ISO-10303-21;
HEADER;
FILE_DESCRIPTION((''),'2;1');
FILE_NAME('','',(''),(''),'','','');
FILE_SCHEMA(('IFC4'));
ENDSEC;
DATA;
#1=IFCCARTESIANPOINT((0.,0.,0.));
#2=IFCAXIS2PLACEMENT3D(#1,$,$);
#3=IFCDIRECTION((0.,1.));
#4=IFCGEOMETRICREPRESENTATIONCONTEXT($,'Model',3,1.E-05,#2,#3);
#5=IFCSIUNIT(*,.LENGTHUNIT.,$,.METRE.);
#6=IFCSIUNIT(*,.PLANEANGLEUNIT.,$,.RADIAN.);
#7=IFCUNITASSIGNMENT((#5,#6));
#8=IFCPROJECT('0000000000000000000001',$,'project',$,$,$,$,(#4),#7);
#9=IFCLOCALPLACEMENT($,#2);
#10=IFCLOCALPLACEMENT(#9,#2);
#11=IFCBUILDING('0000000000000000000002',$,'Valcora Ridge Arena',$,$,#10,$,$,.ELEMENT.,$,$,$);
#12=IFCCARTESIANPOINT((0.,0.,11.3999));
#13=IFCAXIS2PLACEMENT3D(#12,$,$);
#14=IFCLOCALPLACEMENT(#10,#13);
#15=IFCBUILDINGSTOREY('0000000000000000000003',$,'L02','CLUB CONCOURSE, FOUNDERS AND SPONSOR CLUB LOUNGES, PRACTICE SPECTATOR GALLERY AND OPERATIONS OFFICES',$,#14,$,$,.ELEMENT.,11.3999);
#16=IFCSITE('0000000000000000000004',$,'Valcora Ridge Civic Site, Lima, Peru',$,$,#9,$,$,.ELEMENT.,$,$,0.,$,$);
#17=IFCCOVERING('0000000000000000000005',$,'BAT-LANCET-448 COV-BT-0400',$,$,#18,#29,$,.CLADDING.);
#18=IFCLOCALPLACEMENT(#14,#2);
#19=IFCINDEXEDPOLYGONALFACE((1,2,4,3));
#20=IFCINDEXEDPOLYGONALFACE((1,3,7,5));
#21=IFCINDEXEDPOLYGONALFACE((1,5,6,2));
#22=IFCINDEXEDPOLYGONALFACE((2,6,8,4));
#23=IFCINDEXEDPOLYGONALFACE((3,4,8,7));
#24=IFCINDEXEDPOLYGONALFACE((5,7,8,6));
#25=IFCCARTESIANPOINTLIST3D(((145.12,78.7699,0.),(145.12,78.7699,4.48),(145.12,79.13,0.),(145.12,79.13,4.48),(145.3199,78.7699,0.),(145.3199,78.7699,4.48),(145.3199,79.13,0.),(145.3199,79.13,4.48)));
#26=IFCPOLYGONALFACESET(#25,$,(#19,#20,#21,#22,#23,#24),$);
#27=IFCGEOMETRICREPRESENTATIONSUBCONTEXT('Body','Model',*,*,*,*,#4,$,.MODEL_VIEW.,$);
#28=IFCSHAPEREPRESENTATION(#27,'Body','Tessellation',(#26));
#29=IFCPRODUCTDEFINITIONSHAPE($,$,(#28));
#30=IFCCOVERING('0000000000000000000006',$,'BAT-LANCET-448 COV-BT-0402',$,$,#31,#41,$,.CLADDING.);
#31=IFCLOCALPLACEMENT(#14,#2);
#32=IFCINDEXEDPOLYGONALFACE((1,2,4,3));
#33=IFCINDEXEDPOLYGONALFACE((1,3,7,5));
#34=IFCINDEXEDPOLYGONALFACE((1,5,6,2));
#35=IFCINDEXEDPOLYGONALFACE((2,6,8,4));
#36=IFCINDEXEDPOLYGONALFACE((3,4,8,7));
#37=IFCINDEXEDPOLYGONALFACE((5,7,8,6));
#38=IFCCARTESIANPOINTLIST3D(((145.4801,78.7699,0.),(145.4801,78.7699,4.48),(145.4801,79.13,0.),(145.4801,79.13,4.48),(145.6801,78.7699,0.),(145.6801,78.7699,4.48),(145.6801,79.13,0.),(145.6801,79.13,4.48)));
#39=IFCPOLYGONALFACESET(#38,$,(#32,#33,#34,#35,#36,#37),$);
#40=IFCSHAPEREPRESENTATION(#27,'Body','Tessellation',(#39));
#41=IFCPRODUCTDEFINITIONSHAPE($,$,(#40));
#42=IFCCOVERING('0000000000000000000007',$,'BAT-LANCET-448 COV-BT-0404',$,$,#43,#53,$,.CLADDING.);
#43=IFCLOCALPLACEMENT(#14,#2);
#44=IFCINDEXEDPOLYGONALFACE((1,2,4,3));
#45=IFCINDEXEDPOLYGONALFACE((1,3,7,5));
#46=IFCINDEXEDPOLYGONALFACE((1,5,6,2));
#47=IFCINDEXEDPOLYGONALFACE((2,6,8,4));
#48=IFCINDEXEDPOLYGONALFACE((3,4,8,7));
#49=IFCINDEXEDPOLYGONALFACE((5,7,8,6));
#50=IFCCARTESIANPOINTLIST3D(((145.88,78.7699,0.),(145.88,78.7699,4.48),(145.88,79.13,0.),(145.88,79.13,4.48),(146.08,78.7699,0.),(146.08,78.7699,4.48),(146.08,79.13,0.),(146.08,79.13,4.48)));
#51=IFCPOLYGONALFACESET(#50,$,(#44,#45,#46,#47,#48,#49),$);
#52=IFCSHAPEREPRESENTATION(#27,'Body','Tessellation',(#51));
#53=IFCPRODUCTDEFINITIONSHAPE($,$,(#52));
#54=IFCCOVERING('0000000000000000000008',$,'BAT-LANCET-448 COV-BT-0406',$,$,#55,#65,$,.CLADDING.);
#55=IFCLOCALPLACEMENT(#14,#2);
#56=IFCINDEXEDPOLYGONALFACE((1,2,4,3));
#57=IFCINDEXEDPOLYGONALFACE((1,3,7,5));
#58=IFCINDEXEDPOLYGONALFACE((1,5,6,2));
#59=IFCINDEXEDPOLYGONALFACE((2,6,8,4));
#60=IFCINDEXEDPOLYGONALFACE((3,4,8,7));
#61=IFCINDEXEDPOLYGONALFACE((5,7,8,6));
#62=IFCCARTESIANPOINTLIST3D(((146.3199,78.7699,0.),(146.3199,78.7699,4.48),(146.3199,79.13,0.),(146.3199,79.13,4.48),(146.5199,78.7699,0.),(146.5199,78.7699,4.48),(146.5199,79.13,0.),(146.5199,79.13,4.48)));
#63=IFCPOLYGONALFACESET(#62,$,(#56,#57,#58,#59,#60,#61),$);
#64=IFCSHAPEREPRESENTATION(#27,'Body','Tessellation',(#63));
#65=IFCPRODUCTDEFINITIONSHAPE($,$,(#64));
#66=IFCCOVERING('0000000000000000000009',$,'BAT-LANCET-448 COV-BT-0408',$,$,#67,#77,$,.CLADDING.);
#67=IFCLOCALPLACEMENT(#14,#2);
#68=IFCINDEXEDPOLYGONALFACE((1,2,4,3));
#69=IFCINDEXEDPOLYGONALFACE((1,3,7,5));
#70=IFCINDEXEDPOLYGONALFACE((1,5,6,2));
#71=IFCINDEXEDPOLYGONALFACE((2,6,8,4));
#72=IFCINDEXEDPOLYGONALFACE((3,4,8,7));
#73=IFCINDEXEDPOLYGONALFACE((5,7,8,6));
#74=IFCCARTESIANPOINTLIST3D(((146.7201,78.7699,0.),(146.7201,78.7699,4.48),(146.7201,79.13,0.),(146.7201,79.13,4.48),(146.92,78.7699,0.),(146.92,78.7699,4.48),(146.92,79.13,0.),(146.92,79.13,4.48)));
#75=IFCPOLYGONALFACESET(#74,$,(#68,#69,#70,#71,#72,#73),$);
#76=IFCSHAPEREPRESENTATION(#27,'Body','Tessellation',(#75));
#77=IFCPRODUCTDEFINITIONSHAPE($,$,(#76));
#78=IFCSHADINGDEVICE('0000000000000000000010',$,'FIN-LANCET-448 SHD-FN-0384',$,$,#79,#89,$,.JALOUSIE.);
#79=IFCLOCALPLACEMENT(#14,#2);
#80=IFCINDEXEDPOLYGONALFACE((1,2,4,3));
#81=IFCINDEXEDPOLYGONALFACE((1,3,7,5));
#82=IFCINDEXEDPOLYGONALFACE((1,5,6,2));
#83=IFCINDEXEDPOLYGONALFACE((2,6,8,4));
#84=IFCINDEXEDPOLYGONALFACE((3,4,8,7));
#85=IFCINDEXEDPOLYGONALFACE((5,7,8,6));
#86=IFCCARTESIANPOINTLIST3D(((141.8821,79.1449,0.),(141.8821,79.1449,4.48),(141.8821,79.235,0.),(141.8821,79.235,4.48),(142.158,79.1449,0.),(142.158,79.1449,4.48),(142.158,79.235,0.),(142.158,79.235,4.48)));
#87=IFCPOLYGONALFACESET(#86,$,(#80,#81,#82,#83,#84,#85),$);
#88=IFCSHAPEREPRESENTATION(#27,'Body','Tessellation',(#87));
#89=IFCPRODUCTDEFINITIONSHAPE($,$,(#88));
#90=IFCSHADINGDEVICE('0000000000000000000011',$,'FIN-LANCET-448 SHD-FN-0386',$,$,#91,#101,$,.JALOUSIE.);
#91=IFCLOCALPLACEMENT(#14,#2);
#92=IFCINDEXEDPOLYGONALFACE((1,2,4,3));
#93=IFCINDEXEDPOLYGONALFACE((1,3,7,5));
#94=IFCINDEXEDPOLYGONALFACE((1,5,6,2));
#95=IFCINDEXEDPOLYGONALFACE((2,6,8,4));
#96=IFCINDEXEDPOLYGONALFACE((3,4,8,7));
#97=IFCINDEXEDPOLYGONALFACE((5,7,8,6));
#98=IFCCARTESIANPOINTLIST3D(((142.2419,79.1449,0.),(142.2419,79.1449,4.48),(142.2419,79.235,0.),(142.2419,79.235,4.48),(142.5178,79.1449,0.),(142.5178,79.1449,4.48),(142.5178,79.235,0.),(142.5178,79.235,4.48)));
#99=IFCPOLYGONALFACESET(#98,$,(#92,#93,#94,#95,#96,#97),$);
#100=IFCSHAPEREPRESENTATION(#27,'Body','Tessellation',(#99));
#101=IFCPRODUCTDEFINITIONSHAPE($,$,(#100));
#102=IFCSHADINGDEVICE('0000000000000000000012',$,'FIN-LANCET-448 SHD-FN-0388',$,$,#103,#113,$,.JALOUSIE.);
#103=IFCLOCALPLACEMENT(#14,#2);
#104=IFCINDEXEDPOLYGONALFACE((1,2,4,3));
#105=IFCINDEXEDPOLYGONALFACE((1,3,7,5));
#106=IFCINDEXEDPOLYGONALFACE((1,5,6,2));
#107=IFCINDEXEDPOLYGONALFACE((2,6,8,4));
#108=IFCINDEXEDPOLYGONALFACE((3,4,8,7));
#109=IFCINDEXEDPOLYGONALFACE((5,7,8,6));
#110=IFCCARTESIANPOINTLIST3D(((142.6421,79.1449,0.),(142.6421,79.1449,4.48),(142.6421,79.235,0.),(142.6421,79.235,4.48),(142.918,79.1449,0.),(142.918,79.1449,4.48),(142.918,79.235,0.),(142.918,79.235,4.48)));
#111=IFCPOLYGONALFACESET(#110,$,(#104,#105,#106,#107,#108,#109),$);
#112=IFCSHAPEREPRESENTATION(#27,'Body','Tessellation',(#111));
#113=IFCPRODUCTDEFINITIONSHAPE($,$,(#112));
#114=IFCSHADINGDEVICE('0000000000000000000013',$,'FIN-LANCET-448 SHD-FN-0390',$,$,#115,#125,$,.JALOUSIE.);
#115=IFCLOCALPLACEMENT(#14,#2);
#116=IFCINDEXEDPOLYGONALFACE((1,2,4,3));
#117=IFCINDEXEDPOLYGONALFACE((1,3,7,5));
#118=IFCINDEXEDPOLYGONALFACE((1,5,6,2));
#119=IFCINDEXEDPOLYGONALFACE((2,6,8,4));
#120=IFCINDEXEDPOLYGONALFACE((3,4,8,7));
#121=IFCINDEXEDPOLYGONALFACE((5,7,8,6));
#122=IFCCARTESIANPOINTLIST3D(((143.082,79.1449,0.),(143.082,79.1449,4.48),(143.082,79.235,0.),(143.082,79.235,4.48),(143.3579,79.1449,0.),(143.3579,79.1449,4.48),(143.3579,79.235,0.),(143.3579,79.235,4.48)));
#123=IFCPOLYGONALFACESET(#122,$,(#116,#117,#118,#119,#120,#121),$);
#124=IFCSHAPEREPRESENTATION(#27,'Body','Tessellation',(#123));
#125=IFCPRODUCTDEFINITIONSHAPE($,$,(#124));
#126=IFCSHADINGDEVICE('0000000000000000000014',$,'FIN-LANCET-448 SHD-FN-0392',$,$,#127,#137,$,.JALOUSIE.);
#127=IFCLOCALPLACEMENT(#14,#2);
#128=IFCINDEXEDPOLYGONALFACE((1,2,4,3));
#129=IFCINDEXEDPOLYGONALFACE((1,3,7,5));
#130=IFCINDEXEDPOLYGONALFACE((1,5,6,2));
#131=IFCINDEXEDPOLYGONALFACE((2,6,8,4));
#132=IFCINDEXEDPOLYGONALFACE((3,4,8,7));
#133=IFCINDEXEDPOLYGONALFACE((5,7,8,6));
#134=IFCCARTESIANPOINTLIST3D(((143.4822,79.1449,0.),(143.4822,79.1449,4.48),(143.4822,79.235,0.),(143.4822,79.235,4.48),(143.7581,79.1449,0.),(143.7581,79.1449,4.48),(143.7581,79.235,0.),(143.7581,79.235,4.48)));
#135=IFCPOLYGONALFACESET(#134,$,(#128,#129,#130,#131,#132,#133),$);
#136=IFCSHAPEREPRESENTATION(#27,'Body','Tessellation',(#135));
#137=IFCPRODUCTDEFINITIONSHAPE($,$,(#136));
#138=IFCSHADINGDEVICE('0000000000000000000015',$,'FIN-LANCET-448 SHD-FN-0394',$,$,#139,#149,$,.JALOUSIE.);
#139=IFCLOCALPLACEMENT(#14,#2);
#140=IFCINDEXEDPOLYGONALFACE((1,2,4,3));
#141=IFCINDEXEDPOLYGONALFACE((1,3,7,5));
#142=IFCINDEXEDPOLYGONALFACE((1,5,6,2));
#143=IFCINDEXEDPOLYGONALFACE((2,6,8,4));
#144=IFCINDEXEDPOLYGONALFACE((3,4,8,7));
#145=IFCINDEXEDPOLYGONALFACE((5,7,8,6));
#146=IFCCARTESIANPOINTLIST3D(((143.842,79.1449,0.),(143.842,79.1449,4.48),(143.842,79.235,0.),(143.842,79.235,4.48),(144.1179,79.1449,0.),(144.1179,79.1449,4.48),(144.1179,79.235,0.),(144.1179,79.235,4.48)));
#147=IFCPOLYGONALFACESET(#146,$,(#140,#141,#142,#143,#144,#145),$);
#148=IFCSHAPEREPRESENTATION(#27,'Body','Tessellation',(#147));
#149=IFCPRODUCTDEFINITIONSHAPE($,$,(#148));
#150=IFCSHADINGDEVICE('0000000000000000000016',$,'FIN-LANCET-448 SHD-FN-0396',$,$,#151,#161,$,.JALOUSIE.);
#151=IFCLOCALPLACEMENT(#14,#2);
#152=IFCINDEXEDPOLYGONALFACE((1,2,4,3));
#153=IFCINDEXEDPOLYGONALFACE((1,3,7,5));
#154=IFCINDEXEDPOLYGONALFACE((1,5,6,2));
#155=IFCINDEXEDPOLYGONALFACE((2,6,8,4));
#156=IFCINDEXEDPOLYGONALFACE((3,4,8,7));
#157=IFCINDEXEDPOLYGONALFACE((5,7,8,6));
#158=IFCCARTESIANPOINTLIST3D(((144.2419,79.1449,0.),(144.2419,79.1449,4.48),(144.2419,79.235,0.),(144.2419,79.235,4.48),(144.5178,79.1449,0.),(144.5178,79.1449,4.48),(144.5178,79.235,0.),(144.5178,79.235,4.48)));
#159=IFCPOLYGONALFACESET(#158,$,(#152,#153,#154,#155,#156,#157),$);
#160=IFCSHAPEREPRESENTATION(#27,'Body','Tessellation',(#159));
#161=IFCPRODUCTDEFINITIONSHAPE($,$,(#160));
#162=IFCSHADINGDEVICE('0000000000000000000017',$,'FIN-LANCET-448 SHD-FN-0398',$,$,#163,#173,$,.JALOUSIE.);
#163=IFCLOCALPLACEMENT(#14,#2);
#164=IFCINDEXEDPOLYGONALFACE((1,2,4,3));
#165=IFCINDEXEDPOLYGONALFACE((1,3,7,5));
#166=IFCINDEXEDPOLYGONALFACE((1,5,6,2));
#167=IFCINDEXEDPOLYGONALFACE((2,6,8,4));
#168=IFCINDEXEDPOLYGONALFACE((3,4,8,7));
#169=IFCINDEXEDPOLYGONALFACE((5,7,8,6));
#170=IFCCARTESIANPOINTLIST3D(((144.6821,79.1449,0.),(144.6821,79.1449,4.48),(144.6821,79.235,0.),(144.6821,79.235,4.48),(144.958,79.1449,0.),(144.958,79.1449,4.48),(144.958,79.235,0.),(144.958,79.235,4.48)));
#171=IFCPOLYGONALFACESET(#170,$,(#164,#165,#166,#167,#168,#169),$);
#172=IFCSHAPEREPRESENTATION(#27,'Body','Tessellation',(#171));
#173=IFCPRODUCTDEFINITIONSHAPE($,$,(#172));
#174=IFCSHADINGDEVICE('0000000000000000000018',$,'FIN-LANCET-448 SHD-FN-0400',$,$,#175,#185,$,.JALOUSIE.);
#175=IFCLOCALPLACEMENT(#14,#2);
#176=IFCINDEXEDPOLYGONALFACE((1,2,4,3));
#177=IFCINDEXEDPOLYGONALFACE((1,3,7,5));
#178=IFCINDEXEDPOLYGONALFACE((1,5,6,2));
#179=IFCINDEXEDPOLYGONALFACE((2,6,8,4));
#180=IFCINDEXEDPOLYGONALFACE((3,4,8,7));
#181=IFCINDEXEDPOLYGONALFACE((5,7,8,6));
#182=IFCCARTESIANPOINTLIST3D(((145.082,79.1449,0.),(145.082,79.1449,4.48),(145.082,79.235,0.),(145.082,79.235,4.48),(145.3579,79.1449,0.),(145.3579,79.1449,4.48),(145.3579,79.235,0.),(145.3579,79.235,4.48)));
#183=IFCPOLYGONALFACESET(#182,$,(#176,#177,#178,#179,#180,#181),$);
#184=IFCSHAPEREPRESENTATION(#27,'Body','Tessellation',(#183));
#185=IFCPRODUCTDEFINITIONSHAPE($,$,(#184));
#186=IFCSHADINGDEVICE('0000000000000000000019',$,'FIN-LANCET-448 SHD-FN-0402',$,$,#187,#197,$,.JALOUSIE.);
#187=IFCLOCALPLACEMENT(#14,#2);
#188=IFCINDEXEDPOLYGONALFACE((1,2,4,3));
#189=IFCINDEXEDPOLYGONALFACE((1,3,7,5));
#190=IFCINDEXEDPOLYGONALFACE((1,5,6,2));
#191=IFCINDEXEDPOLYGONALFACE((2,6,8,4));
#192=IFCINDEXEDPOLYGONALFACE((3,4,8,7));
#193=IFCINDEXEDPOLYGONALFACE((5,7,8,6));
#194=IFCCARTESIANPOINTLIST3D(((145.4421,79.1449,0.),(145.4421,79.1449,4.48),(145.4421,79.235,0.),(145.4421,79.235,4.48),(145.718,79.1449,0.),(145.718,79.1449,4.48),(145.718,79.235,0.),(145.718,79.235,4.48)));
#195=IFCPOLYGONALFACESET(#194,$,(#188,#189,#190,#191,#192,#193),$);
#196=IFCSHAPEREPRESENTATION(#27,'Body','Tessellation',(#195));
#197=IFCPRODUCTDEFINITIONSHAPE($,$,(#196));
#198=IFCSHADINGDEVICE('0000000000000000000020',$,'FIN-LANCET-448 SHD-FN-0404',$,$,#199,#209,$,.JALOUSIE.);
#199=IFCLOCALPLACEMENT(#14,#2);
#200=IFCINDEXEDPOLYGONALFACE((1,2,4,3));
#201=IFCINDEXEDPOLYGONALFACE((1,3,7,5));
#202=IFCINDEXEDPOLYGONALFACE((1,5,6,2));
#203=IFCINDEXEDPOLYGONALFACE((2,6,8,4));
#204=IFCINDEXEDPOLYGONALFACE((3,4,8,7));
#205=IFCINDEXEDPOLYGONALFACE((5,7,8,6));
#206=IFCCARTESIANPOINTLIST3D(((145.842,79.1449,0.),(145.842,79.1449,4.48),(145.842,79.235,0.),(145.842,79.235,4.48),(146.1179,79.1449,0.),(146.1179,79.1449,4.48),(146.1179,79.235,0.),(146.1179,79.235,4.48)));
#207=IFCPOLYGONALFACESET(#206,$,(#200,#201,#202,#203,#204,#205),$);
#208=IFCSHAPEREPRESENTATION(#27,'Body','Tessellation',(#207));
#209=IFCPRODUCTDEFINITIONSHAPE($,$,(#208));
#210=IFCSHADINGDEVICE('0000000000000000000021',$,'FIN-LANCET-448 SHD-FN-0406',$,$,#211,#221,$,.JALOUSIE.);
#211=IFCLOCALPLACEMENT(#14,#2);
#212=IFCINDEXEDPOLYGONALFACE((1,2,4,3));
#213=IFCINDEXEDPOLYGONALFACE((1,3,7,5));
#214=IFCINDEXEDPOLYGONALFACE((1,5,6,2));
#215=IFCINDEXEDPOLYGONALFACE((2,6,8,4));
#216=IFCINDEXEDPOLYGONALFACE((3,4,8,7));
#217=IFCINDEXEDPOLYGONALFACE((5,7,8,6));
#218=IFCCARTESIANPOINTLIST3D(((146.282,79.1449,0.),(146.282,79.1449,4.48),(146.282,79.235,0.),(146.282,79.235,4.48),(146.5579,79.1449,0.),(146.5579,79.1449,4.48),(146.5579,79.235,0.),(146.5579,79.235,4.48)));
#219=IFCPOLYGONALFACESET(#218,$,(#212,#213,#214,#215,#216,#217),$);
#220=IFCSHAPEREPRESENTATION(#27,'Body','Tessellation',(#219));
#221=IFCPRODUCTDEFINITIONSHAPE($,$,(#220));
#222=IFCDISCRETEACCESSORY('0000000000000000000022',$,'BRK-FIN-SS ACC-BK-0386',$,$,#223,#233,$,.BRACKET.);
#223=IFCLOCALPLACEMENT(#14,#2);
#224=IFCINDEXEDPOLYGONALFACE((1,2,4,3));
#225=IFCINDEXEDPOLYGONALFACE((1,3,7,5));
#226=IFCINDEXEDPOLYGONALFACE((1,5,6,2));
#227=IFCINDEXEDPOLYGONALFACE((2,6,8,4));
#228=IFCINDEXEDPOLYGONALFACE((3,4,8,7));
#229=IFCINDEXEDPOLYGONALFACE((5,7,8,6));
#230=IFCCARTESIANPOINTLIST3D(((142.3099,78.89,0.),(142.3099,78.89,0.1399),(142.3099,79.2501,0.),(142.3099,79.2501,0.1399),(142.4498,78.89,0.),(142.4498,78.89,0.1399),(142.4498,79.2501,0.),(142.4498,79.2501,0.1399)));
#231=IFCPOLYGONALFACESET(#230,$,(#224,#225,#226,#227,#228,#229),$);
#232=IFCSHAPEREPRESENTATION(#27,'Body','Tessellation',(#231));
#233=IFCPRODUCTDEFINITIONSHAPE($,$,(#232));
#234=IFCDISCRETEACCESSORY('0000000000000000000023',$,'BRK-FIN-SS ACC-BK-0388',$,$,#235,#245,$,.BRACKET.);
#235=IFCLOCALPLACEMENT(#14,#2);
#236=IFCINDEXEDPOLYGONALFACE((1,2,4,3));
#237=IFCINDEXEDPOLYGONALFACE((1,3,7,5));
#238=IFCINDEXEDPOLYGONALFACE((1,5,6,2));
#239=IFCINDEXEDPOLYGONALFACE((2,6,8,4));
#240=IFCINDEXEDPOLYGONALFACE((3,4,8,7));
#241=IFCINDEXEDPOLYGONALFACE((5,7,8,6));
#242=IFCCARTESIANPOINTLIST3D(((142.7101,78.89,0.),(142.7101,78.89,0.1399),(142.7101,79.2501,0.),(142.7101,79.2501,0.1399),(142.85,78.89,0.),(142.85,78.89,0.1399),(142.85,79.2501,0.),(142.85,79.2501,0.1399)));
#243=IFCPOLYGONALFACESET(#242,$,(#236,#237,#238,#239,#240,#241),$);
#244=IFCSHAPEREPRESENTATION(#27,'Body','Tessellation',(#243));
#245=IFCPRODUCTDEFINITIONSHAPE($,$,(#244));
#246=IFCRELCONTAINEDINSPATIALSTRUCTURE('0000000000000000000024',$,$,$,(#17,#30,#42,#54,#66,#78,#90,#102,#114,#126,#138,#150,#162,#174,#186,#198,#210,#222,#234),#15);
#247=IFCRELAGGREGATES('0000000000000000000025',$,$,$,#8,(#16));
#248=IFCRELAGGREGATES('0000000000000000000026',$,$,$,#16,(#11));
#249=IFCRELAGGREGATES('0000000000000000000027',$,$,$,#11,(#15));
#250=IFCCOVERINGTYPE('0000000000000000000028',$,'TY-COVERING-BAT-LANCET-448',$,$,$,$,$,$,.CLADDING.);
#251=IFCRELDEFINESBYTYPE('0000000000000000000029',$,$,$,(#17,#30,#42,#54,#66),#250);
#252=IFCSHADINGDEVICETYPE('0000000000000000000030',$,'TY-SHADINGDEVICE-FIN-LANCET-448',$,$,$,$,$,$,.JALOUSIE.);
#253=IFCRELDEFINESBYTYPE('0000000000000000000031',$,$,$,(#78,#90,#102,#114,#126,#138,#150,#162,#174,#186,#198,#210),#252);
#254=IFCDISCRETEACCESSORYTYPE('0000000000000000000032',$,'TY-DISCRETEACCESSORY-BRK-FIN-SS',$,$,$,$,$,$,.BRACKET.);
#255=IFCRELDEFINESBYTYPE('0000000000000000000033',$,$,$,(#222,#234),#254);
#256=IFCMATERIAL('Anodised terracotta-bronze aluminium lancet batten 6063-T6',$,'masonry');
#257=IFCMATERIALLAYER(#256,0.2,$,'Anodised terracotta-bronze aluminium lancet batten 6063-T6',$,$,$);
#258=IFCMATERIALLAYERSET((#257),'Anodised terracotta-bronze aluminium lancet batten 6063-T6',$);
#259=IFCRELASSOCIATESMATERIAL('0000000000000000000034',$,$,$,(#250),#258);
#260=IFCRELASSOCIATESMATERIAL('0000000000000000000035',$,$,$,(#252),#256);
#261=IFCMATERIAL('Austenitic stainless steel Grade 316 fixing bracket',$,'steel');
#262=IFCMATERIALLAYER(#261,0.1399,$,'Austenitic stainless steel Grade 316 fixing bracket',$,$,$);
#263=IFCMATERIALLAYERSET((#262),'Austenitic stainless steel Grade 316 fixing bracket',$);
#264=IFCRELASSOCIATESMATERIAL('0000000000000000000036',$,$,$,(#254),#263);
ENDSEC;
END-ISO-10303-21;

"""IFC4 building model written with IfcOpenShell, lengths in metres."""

from ifc_helpers import new_model, si_unit, direction, frame, origin, origin_2d, place, context, subcontext, project, spatial, rectangle, extrude, material, layer, layer_set, material_profile, profile_set, type_object, element, save


model = new_model("IFC4")

# Units and contexts
model_context = context("Model", 3, precision=1e-05, world=origin(), true_north=direction((0.0, 1.0)))
body_context = subcontext(model_context, "Body", "Model", "MODEL_VIEW")
ifc_project = project(units=[si_unit("LENGTHUNIT", "METRE"), si_unit("PLANEANGLEUNIT", "RADIAN")], contexts=[model_context])

# Site, building, storey
site_placement = place(None, origin())
site = spatial("IfcSite", under=ifc_project, at=site_placement, Name="Valcora Ridge Civic Site, Lima, Peru", CompositionType="ELEMENT", RefElevation=0.0)
building_placement = place(site_placement, origin())
building = spatial("IfcBuilding", under=site, at=building_placement, Name="Valcora Ridge Arena", CompositionType="ELEMENT")
storey_placement = place(building_placement, frame((0.0, 0.0, 11.3999)))
storey = spatial("IfcBuildingStorey", under=building, at=storey_placement, Name="L02", Description="CLUB CONCOURSE, FOUNDERS AND SPONSOR CLUB LOUNGES, PRACTICE SPECTATOR GALLERY AND OPERATIONS OFFICES", CompositionType="ELEMENT", Elevation=11.3999)

# Coverings
ifc_material_1 = material(Name="Anodised terracotta-bronze aluminium lancet batten 6063-T6", Category="masonry")
ifc_layer_1 = layer(ifc_material_1, 0.2, Name="Anodised terracotta-bronze aluminium lancet batten 6063-T6")
ifc_layer_set_1 = layer_set([ifc_layer_1], Name="Anodised terracotta-bronze aluminium lancet batten 6063-T6")
covering_type = type_object("IfcCoveringType", Name="TY-COVERING-BAT-LANCET-448", PredefinedType="CLADDING", material=ifc_layer_set_1)
for number, where, z_axis, x_axis, name in (
    (1, (145.22, 78.95, 0.0), (0.0, 0.0, 1.0), (1.0, 0.0, 0.0), "BAT-LANCET-448 COV-BT-0400"),
    (2, (145.5801, 78.95, 0.0), (0.0, 0.0, 1.0), (1.0, 0.0, 0.0), "BAT-LANCET-448 COV-BT-0402"),
    (3, (145.98, 78.95, 0.0), (0.0, 0.0, 1.0), (1.0, 0.0, 0.0), "BAT-LANCET-448 COV-BT-0404"),
    (4, (146.4199, 78.95, 0.0), (0.0, 0.0, 1.0), (1.0, 0.0, 0.0), "BAT-LANCET-448 COV-BT-0406"),
    (5, (146.8201, 78.95, 0.0), (0.0, 0.0, 1.0), (1.0, 0.0, 0.0), "BAT-LANCET-448 COV-BT-0408"),
):
    element("IfcCovering", number, at=place(storey_placement, frame(where, z_axis=z_axis, x_axis=x_axis)), inside=storey, type_object=covering_type, Name=name, PredefinedType="CLADDING", context=body_context, shape_type="SweptSolid", body=[
        extrude(rectangle(XDim=0.2, YDim=0.3601, at=origin_2d()), origin(), (0.0, 0.0, 1.0), 4.48),
    ])

# Shading devices
ifc_material_profile_1 = material_profile(ifc_material_1, rectangle(XDim=0.0901, YDim=0.2759, at=origin_2d()), Name="ALU LANCET BATTEN 90x276")
ifc_profile_set_1 = profile_set([ifc_material_profile_1], Name="Anodised terracotta-bronze aluminium lancet batten 6063-T6")
shading_device_type = type_object("IfcShadingDeviceType", Name="TY-SHADINGDEVICE-FIN-LANCET-448", PredefinedType="JALOUSIE", material=ifc_profile_set_1)
for number, where, z_axis, x_axis, name in (
    (6, (142.02, 79.1899, 0.0), (0.0, 0.0, 1.0), (0.0, 1.0, 0.0), "FIN-LANCET-448 SHD-FN-0384"),
    (7, (142.3799, 79.1899, 0.0), (0.0, 0.0, 1.0), (0.0, 1.0, 0.0), "FIN-LANCET-448 SHD-FN-0386"),
    (8, (142.78, 79.1899, 0.0), (0.0, 0.0, 1.0), (0.0, 1.0, 0.0), "FIN-LANCET-448 SHD-FN-0388"),
    (9, (143.22, 79.1899, 0.0), (0.0, 0.0, 1.0), (0.0, 1.0, 0.0), "FIN-LANCET-448 SHD-FN-0390"),
    (10, (143.6201, 79.1899, 0.0), (0.0, 0.0, 1.0), (0.0, 1.0, 0.0), "FIN-LANCET-448 SHD-FN-0392"),
    (11, (143.98, 79.1899, 0.0), (0.0, 0.0, 1.0), (0.0, 1.0, 0.0), "FIN-LANCET-448 SHD-FN-0394"),
    (12, (144.3799, 79.1899, 0.0), (0.0, 0.0, 1.0), (0.0, 1.0, 0.0), "FIN-LANCET-448 SHD-FN-0396"),
    (13, (144.8201, 79.1899, 0.0), (0.0, 0.0, 1.0), (0.0, 1.0, 0.0), "FIN-LANCET-448 SHD-FN-0398"),
    (14, (145.22, 79.1899, 0.0), (0.0, 0.0, 1.0), (0.0, 1.0, 0.0), "FIN-LANCET-448 SHD-FN-0400"),
    (15, (145.5801, 79.1899, 0.0), (0.0, 0.0, 1.0), (0.0, 1.0, 0.0), "FIN-LANCET-448 SHD-FN-0402"),
    (16, (145.98, 79.1899, 0.0), (0.0, 0.0, 1.0), (0.0, 1.0, 0.0), "FIN-LANCET-448 SHD-FN-0404"),
    (17, (146.4199, 79.1899, 0.0), (0.0, 0.0, 1.0), (0.0, 1.0, 0.0), "FIN-LANCET-448 SHD-FN-0406"),
):
    element("IfcShadingDevice", number, at=place(storey_placement, frame(where, z_axis=z_axis, x_axis=x_axis)), inside=storey, type_object=shading_device_type, Name=name, PredefinedType="JALOUSIE", context=body_context, shape_type="SweptSolid", body=[
        extrude(rectangle(XDim=0.0901, YDim=0.2759, at=origin_2d()), origin(), (0.0, 0.0, 1.0), 4.48),
    ])

# Discrete accessories
ifc_material_2 = material(Name="Austenitic stainless steel Grade 316 fixing bracket", Category="steel")
ifc_layer_2 = layer(ifc_material_2, 0.1399, Name="Austenitic stainless steel Grade 316 fixing bracket")
ifc_layer_set_2 = layer_set([ifc_layer_2], Name="Austenitic stainless steel Grade 316 fixing bracket")
discrete_accessory_type = type_object("IfcDiscreteAccessoryType", Name="TY-DISCRETEACCESSORY-BRK-FIN-SS", PredefinedType="BRACKET", material=ifc_layer_set_2)
for number, where, z_axis, x_axis, name in (
    (18, (142.3799, 79.0701, 0.0), (0.0, 0.0, 1.0), (0.0, 1.0, 0.0), "BRK-FIN-SS ACC-BK-0386"),
    (19, (142.78, 79.0701, 0.0), (0.0, 0.0, 1.0), (0.0, 1.0, 0.0), "BRK-FIN-SS ACC-BK-0388"),
):
    element("IfcDiscreteAccessory", number, at=place(storey_placement, frame(where, z_axis=z_axis, x_axis=x_axis)), inside=storey, type_object=discrete_accessory_type, Name=name, PredefinedType="BRACKET", context=body_context, shape_type="SweptSolid", body=[
        extrude(rectangle(XDim=0.3601, YDim=0.1399, at=origin_2d()), origin(), (0.0, 0.0, 1.0), 0.1399),
    ])

save(model, "model.ifc")
